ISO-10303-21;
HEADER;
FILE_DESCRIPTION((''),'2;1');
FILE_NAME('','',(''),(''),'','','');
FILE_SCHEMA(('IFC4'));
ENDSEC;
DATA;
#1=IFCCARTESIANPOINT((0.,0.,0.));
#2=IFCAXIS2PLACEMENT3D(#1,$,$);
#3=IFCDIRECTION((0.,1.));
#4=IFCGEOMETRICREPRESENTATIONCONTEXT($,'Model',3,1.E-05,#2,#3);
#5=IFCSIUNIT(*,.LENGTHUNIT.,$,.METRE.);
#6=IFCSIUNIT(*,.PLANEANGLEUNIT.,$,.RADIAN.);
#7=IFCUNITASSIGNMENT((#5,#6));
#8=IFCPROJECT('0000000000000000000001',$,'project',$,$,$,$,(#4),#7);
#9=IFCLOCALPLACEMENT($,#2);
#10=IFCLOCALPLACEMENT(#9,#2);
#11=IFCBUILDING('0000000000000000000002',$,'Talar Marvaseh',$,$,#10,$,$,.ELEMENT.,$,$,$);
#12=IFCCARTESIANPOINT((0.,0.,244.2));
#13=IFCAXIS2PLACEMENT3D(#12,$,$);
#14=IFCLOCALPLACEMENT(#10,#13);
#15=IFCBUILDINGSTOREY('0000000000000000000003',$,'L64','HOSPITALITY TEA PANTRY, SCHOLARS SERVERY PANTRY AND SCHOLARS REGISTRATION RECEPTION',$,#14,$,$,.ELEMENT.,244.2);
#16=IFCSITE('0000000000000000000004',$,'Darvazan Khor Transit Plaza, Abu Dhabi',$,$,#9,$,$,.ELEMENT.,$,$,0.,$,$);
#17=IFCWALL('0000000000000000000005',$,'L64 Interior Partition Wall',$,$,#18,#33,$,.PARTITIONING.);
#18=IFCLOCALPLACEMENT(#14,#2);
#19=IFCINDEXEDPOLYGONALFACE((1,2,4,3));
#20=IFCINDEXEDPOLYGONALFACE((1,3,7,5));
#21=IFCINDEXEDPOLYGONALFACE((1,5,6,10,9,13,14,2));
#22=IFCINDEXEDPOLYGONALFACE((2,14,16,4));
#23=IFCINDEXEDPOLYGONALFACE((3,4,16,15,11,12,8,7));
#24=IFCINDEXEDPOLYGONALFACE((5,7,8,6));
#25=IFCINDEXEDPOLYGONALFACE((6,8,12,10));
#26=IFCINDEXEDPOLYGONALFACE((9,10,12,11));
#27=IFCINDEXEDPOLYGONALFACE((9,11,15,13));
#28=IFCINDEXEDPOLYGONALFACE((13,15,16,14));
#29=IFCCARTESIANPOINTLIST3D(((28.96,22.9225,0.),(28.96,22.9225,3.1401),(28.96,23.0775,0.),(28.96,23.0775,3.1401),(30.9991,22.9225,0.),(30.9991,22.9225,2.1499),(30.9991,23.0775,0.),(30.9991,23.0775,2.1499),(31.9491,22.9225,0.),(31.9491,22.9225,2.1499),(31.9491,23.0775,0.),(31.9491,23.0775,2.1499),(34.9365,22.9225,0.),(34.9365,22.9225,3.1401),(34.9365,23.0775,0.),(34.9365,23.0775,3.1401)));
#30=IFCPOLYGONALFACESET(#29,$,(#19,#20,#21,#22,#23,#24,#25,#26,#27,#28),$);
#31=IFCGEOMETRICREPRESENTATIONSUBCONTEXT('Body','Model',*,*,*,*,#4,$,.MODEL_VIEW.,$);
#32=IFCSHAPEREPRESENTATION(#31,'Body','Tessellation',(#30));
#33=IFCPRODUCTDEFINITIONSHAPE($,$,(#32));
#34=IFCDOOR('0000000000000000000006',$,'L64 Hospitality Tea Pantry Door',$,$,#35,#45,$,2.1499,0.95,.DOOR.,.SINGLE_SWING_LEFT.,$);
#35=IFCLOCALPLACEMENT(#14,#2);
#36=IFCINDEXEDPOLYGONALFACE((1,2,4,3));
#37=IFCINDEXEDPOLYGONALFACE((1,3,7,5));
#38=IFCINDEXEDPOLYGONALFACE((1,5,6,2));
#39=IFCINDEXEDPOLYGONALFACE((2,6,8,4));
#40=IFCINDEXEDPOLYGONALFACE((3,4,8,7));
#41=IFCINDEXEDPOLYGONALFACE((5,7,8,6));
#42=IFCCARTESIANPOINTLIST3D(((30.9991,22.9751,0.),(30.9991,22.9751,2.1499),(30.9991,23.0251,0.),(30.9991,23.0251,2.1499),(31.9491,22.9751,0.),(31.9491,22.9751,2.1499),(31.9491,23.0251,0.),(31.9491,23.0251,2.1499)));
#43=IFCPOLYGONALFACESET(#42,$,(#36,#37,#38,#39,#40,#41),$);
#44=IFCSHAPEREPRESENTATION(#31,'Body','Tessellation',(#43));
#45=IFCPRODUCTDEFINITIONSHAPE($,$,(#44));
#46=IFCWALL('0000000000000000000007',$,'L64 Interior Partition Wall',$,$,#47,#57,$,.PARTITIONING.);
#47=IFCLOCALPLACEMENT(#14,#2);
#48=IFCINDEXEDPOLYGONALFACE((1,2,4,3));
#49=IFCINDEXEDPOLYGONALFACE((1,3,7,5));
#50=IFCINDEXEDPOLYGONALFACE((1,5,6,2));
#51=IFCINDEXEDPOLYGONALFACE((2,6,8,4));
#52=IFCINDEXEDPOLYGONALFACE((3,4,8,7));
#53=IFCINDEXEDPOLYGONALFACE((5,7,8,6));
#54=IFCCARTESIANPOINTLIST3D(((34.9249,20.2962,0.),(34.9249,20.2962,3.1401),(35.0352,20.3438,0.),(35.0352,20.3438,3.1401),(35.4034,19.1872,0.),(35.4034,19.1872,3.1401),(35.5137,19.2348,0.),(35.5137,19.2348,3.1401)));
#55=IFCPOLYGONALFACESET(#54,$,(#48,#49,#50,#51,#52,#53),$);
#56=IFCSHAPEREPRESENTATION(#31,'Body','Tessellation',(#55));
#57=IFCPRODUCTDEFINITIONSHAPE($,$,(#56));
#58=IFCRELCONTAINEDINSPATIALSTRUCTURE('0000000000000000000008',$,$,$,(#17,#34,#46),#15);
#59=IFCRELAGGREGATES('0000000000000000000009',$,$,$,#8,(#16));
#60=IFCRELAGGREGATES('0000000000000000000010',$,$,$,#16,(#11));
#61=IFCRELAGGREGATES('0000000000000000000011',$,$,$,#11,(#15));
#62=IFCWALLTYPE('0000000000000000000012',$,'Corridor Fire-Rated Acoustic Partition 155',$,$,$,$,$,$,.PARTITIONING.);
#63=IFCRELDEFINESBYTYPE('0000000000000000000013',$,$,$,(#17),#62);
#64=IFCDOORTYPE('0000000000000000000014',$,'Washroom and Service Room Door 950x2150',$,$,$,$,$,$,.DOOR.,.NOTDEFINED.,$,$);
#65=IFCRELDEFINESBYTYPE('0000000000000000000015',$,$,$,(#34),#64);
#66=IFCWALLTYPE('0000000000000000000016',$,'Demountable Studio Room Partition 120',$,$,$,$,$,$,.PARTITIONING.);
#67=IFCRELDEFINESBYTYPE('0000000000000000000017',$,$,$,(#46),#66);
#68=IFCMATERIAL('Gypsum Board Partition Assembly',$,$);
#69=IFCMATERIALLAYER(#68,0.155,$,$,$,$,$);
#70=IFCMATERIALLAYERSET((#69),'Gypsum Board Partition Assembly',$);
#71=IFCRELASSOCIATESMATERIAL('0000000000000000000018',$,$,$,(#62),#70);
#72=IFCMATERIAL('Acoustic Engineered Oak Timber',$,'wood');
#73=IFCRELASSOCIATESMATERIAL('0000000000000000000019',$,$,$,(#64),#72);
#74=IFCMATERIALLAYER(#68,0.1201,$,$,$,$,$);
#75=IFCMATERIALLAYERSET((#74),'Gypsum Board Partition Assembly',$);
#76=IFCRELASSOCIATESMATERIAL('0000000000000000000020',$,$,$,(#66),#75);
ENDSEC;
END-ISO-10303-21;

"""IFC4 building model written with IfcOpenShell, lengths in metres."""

from ifc_helpers import new_model, si_unit, direction, frame, frame_2d, origin, place, context, subcontext, project, spatial, rectangle, extrude, source, transform, mapped, material, layer, layer_set, type_object, type_shapes, element, fill, save


model = new_model("IFC4")

# Units and contexts
model_context = context("Model", 3, precision=1e-05, world=origin(), true_north=direction((0.0, 1.0)))
body_context = subcontext(model_context, "Body", "Model", "MODEL_VIEW")
ifc_project = project(units=[si_unit("LENGTHUNIT", "METRE"), si_unit("PLANEANGLEUNIT", "RADIAN")], contexts=[model_context])

# Site, building, storey
site_placement = place(None, origin())
site = spatial("IfcSite", under=ifc_project, at=site_placement, Name="Darvazan Khor Transit Plaza, Abu Dhabi", CompositionType="ELEMENT", RefElevation=0.0)
building_placement = place(site_placement, origin())
building = spatial("IfcBuilding", under=site, at=building_placement, Name="Talar Marvaseh", CompositionType="ELEMENT")
storey_placement = place(building_placement, frame((0.0, 0.0, 244.2)))
storey = spatial("IfcBuildingStorey", under=building, at=storey_placement, Name="L64", Description="HOSPITALITY TEA PANTRY, SCHOLARS SERVERY PANTRY AND SCHOLARS REGISTRATION RECEPTION", CompositionType="ELEMENT", Elevation=244.2)

# Wall, opening, door
ifc_material_1 = material(Name="Gypsum Board Partition Assembly")
ifc_layer_1 = layer(ifc_material_1, 0.155)
ifc_layer_set_1 = layer_set([ifc_layer_1], Name="Gypsum Board Partition Assembly")
wall_type_1 = type_object("IfcWallType", Name="Corridor Fire-Rated Acoustic Partition 155", PredefinedType="PARTITIONING", material=ifc_layer_set_1)
wall_1_placement = place(storey_placement, frame((34.9365, 23.0, 0.0), z_axis=(0.0, 0.0, 1.0), x_axis=(-1.0, 0.0, 0.0)))
wall_1 = element("IfcWall", 1, at=wall_1_placement, inside=storey, type_object=wall_type_1, Name="L64 Interior Partition Wall", PredefinedType="PARTITIONING", context=body_context, shape_type="SweptSolid", body=[
    extrude(rectangle(XDim=5.9766, YDim=0.155, at=frame_2d((2.9883, 0.0))), origin(), (0.0, 0.0, 1.0), 3.1401),
])
opening_1_placement = place(wall_1_placement, frame((2.9873, 0.0, 0.0)))
opening_1 = element("IfcOpeningElement", 2, at=opening_1_placement, cuts=wall_1, PredefinedType="OPENING", context=body_context, shape_type="SweptSolid", body=[
    extrude(rectangle(XDim=0.95, YDim=2.1499, at=frame_2d((0.4751, 1.075))), frame((0.0, 0.0874, 0.0), z_axis=(0.0, -1.0, 0.0), x_axis=(1.0, 0.0, 0.0)), (0.0, 0.0, 1.0), 0.175),
])
ifc_material_2 = material(Name="Acoustic Engineered Oak Timber", Category="wood")
door_type = type_object("IfcDoorType", Name="Washroom and Service Room Door 950x2150", OperationType="NOTDEFINED", PredefinedType="DOOR", material=ifc_material_2)
shared_shape_1 = source(origin(), body_context, "Body", "SweptSolid", [
    extrude(rectangle(XDim=0.95, YDim=2.1499, at=frame_2d((0.4751, 1.075))), frame((0.0, 0.0249, 0.0), z_axis=(0.0, -1.0, 0.0), x_axis=(1.0, 0.0, 0.0)), (0.0, 0.0, 1.0), 0.05),
])
type_shapes(door_type, [shared_shape_1])
door_placement = place(opening_1_placement, origin())
door = element("IfcDoor", 3, at=door_placement, inside=storey, type_object=door_type, Name="L64 Hospitality Tea Pantry Door", OperationType="SINGLE_SWING_LEFT", OverallHeight=2.1499, OverallWidth=0.95, PredefinedType="DOOR", context=body_context, shape_type="MappedRepresentation", body=[
    mapped(shared_shape_1, transform((0.0, 0.0, 0.0), x_axis=(1.0, 0.0, 0.0), y_axis=(0.0, 1.0, 0.0), z_axis=(0.0, 0.0, 1.0), scale=1.0)),
])
fill(opening_1, door)

# Wall
ifc_layer_2 = layer(ifc_material_1, 0.1201)
ifc_layer_set_2 = layer_set([ifc_layer_2], Name="Gypsum Board Partition Assembly")
wall_type_2 = type_object("IfcWallType", Name="Demountable Studio Room Partition 120", PredefinedType="PARTITIONING", material=ifc_layer_set_2)
wall_2_placement = place(storey_placement, frame((34.98, 20.3201, 0.0), z_axis=(0.0, 0.0, 1.0), x_axis=(0.396211, -0.918159, 0.0)))
element("IfcWall", 4, at=wall_2_placement, inside=storey, type_object=wall_type_2, Name="L64 Interior Partition Wall", PredefinedType="PARTITIONING", context=body_context, shape_type="SweptSolid", body=[
    extrude(rectangle(XDim=1.2078, YDim=0.1201, at=frame_2d((0.604, 0.0))), origin(), (0.0, 0.0, 1.0), 3.1401),
])

save(model, "model.ifc")
